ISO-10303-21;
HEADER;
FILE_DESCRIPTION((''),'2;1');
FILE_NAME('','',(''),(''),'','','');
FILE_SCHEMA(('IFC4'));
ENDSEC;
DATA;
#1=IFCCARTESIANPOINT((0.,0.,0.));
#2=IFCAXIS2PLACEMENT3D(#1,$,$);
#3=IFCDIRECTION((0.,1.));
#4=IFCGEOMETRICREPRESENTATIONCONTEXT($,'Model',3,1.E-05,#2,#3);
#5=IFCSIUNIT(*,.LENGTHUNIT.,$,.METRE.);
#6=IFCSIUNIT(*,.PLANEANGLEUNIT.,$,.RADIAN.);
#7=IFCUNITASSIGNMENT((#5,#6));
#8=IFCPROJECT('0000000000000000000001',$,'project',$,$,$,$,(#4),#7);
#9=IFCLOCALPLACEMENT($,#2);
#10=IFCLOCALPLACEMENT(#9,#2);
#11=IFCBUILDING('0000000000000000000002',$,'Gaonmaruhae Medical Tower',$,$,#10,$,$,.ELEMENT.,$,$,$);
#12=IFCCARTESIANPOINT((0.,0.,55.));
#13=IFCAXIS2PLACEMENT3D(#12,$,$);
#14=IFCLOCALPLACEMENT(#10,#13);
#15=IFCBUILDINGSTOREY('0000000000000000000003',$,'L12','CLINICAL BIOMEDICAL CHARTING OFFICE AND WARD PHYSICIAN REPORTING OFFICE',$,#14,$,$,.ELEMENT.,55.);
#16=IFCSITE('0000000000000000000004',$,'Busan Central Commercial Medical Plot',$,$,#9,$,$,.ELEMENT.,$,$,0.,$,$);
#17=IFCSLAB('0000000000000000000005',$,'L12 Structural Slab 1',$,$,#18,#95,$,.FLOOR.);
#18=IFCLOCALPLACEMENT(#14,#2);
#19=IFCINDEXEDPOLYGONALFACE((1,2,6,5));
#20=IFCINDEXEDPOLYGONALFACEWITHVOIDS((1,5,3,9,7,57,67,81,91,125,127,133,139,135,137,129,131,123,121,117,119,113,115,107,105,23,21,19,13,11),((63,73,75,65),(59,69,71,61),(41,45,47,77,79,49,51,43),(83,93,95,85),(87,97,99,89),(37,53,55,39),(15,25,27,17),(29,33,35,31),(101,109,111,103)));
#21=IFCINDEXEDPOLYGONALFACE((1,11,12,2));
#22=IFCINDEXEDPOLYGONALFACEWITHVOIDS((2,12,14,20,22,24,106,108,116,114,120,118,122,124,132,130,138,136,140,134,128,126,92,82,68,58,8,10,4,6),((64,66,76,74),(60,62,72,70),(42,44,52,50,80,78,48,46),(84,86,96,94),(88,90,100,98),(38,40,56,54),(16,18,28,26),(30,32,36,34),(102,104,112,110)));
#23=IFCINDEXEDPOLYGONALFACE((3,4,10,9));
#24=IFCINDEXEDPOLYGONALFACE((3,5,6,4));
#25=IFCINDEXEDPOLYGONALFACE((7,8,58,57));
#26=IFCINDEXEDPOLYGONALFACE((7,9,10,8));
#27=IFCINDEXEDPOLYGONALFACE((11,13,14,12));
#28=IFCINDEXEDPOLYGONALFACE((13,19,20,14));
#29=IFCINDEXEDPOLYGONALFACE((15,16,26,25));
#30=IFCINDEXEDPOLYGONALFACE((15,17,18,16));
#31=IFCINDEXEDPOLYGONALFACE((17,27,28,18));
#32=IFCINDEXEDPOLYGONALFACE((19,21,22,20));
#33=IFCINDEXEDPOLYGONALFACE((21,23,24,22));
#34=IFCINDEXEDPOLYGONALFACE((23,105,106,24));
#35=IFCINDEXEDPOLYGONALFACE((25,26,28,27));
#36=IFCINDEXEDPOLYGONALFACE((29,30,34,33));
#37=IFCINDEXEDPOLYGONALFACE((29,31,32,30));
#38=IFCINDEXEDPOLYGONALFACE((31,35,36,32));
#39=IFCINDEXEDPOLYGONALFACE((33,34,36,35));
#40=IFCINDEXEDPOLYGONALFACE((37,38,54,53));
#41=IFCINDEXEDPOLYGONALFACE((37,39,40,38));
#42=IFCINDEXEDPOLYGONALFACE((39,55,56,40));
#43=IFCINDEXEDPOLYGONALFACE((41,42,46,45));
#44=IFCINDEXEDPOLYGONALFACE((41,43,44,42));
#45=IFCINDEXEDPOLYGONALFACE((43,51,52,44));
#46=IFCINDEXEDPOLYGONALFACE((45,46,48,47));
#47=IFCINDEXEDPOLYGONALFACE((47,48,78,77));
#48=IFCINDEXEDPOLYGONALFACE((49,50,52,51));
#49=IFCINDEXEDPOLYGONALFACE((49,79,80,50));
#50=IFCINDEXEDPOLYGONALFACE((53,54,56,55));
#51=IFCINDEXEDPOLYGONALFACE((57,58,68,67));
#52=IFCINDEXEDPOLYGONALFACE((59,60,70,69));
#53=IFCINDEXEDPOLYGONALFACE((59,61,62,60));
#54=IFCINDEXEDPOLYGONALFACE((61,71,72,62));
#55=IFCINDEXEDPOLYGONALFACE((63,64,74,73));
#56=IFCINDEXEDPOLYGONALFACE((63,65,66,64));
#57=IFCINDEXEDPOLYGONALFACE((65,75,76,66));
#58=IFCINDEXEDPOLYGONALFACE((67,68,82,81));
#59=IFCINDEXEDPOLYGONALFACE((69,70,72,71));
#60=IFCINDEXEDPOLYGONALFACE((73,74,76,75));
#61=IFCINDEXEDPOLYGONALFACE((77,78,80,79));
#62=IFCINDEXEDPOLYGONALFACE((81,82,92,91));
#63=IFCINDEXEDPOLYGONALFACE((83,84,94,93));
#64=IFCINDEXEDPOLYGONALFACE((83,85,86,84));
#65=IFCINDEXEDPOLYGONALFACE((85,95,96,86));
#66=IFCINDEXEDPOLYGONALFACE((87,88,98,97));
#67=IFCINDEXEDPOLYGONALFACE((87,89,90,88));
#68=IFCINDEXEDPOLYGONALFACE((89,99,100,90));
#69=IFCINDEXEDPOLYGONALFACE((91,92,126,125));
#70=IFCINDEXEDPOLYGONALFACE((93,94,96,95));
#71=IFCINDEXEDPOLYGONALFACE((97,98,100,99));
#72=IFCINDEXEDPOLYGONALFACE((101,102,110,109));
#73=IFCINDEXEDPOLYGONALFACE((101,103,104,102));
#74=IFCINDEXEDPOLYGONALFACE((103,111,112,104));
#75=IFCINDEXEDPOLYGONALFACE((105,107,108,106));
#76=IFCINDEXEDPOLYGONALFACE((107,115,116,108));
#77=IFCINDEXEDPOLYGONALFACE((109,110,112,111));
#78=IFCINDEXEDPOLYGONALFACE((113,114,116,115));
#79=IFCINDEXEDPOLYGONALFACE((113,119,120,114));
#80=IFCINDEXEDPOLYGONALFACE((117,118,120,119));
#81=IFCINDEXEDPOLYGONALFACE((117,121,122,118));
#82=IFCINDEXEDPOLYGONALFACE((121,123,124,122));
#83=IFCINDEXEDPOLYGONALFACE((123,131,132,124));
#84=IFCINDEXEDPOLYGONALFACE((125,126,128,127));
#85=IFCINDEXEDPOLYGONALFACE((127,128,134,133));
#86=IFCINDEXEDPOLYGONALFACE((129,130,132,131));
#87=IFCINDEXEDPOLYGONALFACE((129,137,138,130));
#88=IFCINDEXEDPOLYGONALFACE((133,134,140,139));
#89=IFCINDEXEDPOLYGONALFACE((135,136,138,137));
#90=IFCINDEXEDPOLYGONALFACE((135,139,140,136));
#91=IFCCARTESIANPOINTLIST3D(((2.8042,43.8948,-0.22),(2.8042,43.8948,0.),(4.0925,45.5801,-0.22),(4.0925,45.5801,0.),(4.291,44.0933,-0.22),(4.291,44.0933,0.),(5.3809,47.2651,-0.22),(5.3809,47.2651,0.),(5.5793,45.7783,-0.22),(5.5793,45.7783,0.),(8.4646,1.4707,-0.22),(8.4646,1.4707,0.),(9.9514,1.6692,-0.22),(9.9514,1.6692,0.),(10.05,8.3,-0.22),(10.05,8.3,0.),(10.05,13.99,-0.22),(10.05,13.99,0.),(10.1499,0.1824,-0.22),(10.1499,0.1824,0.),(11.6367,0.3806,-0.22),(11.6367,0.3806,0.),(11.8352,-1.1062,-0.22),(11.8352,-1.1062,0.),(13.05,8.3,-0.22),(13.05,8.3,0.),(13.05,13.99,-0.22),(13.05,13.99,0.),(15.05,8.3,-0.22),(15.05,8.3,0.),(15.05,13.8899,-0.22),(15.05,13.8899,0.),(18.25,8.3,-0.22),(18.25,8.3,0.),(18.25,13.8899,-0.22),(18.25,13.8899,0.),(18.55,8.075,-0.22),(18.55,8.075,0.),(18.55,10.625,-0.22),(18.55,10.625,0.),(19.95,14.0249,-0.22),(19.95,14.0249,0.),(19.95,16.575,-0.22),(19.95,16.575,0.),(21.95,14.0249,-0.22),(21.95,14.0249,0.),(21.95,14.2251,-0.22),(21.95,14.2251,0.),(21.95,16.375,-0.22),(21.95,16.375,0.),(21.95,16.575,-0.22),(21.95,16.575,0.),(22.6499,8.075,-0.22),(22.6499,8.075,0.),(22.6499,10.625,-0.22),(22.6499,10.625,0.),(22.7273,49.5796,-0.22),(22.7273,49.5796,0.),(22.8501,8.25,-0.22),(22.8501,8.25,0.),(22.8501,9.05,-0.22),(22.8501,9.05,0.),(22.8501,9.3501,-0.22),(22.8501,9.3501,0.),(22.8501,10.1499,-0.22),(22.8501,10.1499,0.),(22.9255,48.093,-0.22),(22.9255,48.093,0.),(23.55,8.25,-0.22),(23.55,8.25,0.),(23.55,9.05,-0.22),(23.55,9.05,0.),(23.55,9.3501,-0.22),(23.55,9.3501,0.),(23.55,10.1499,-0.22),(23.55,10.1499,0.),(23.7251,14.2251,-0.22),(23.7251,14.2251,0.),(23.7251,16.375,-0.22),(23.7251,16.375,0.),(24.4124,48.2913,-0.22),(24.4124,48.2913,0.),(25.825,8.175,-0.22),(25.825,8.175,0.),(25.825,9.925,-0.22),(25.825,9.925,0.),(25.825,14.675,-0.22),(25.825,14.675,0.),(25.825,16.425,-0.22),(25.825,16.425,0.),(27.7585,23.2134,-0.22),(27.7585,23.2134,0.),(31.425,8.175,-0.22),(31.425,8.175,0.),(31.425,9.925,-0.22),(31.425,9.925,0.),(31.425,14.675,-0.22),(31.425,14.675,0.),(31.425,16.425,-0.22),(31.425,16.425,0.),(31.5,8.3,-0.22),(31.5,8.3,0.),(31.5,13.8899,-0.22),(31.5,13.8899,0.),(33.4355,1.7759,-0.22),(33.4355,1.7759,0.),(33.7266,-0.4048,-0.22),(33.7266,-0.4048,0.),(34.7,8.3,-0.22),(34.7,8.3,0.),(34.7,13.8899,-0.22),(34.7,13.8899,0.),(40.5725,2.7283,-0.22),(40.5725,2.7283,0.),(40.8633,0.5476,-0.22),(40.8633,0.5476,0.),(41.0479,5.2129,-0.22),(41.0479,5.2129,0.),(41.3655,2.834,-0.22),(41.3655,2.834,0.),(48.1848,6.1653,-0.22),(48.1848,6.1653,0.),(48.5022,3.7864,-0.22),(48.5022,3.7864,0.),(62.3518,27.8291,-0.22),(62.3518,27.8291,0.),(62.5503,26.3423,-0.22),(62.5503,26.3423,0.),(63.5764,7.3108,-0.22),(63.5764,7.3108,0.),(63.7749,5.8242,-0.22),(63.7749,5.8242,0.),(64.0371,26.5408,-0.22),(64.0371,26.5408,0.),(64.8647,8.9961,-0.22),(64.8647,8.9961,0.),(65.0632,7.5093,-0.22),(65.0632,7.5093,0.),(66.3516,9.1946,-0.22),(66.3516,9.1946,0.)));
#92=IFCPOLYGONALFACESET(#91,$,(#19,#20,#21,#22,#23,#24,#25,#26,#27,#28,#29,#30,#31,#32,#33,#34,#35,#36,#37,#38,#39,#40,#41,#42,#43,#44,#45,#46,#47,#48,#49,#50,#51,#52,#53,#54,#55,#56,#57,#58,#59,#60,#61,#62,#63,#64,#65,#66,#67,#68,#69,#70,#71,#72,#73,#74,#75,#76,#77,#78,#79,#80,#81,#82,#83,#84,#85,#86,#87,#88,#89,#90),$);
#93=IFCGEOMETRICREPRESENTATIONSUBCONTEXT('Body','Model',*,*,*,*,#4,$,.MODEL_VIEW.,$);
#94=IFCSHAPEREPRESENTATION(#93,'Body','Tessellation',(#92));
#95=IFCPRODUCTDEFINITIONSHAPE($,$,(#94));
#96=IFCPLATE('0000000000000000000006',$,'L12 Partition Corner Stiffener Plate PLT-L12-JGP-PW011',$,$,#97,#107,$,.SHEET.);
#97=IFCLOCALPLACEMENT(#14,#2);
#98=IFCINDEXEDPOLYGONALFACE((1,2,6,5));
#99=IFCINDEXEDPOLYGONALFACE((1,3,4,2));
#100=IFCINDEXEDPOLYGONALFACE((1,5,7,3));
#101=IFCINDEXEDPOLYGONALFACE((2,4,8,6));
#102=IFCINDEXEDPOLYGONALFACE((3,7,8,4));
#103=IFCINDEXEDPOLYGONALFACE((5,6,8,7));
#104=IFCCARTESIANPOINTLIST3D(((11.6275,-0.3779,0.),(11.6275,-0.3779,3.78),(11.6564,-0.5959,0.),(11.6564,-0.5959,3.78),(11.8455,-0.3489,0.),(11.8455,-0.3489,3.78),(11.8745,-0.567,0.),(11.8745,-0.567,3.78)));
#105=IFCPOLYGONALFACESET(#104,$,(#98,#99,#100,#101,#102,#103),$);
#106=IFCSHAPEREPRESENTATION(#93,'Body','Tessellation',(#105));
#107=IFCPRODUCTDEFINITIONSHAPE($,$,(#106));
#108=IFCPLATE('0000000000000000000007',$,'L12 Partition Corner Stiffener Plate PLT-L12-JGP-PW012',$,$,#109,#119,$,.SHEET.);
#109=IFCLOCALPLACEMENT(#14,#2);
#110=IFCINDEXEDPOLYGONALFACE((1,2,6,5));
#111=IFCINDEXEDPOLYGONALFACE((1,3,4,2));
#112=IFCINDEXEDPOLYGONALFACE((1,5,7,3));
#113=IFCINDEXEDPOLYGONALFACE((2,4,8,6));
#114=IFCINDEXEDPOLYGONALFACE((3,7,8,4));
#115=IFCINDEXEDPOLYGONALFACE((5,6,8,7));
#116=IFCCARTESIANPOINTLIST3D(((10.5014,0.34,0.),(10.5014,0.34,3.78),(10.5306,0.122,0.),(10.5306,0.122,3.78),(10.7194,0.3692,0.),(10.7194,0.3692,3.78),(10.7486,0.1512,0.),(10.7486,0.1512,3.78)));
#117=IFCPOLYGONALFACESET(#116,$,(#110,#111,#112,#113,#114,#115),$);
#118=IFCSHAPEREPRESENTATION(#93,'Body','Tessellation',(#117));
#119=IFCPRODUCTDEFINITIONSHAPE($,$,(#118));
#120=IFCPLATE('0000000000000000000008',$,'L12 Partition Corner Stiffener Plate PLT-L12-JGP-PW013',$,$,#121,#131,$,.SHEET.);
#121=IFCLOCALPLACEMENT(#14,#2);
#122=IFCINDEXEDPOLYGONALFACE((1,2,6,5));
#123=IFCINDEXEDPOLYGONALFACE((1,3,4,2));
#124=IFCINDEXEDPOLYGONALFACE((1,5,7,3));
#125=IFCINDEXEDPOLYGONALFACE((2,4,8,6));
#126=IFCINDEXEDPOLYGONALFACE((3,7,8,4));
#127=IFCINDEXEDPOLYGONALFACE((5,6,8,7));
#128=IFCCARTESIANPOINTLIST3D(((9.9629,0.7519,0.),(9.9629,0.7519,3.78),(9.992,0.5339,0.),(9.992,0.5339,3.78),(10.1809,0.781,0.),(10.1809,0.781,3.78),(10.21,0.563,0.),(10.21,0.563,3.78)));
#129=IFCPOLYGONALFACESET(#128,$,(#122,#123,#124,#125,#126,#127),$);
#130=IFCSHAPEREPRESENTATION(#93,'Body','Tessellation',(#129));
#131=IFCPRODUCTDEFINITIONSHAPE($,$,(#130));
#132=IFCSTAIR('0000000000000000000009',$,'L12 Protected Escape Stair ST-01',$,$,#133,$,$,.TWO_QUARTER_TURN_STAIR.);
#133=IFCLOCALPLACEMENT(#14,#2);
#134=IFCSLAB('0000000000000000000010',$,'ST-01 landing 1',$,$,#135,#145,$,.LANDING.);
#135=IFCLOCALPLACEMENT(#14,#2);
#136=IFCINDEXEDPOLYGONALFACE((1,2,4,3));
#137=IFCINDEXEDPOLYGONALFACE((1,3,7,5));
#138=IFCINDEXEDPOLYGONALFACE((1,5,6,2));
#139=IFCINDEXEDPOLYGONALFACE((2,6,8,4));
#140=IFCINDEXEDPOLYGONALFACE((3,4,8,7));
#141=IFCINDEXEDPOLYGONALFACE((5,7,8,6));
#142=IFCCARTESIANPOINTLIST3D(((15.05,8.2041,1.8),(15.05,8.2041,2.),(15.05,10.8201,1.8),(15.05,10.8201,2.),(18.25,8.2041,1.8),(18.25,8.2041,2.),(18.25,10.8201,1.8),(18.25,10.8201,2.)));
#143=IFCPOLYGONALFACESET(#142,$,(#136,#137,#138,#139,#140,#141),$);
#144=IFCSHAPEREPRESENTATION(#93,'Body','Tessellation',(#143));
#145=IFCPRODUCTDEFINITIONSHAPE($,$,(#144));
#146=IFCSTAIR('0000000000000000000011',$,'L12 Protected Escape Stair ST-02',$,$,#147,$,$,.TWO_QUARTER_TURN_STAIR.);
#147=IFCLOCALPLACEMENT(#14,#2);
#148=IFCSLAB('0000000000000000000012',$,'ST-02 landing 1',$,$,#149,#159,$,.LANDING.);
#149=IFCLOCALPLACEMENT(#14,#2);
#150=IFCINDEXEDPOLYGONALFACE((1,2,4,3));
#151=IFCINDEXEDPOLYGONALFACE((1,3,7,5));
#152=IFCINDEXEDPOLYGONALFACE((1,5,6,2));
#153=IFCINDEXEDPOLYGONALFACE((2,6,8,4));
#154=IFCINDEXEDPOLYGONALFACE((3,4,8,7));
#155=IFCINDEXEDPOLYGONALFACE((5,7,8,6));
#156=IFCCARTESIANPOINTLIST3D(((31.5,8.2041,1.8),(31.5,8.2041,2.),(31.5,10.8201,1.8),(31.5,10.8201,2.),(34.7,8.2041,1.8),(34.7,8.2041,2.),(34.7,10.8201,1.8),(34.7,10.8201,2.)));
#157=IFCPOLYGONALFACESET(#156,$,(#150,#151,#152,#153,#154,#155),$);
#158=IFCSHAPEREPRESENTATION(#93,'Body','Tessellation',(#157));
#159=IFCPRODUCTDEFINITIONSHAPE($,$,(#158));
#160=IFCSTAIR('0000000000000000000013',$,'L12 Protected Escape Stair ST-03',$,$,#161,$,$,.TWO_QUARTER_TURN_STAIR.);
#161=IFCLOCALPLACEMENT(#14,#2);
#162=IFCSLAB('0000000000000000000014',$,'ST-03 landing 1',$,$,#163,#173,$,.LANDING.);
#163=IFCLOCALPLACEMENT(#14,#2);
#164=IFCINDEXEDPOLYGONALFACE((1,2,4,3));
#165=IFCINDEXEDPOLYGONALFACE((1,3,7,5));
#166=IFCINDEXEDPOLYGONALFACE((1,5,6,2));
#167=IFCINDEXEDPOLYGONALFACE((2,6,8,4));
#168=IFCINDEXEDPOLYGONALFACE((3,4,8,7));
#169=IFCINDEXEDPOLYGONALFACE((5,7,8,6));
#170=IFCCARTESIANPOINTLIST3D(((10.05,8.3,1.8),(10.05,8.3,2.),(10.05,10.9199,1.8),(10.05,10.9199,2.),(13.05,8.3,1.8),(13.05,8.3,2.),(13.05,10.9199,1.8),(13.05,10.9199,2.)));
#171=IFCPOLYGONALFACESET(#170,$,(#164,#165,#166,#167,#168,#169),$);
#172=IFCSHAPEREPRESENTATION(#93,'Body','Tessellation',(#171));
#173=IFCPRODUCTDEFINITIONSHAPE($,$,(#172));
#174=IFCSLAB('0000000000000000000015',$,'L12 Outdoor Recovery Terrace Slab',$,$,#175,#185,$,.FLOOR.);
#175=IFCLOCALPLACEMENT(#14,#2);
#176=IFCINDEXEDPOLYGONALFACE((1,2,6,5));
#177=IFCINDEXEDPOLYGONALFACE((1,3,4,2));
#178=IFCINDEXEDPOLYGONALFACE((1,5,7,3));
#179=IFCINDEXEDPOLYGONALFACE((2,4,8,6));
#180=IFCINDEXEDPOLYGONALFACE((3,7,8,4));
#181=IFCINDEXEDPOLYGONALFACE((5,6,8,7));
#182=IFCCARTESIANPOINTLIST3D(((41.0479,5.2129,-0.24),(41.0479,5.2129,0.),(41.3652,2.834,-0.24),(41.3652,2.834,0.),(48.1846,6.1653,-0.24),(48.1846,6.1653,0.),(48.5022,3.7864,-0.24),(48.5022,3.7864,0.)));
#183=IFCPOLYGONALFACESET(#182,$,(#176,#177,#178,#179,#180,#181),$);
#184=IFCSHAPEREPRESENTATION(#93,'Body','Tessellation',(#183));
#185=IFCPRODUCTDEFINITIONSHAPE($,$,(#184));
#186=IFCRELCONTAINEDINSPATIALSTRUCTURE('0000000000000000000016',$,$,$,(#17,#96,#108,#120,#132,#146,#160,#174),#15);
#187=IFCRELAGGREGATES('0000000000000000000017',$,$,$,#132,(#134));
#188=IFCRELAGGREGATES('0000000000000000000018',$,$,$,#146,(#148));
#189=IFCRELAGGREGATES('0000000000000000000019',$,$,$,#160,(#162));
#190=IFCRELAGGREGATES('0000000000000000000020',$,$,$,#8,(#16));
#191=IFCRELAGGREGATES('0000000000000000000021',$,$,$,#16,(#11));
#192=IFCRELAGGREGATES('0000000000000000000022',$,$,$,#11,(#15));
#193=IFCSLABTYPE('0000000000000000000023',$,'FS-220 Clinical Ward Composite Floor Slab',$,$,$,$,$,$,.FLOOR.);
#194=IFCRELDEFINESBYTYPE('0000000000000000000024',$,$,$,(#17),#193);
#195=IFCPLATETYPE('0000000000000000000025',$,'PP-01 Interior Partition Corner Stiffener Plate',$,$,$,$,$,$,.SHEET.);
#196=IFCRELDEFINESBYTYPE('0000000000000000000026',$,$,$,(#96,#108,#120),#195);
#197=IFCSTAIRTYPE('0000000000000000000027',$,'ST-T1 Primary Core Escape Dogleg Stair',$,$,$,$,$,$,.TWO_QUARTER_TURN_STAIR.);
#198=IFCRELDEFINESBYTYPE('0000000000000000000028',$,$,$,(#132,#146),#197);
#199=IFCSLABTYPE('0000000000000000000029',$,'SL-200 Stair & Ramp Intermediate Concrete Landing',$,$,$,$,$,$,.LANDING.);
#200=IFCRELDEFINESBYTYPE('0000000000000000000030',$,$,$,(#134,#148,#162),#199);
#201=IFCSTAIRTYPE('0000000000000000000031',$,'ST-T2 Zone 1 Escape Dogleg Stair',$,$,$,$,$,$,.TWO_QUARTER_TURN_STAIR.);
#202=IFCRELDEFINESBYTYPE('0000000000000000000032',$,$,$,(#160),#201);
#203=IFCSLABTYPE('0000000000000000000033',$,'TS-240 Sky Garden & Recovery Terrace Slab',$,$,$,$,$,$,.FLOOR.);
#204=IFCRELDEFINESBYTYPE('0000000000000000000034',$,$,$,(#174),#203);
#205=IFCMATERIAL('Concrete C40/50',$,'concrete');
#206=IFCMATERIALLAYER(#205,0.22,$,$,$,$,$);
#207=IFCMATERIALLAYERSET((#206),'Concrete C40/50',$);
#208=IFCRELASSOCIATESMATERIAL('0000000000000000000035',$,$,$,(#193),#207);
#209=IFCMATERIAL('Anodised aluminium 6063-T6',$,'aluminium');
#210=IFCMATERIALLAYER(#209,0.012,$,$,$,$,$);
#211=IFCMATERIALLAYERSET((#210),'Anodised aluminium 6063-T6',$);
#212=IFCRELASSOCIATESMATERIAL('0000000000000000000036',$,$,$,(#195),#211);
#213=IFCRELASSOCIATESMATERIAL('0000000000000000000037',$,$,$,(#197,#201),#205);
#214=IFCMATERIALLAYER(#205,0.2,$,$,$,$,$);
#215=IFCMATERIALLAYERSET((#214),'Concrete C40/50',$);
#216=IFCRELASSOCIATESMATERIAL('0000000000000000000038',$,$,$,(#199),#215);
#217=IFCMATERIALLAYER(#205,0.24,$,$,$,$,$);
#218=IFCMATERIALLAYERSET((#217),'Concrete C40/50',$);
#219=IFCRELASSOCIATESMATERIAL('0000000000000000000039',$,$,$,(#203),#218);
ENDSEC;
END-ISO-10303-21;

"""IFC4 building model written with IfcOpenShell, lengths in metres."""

from ifc_helpers import new_model, si_unit, direction, frame, origin, origin_2d, place, context, subcontext, project, spatial, polyline, rectangle, outline, extrude, material, layer, layer_set, type_object, element, aggregate, save


model = new_model("IFC4")

# Units and contexts
model_context = context("Model", 3, precision=1e-05, world=origin(), true_north=direction((0.0, 1.0)))
body_context = subcontext(model_context, "Body", "Model", "MODEL_VIEW")
ifc_project = project(units=[si_unit("LENGTHUNIT", "METRE"), si_unit("PLANEANGLEUNIT", "RADIAN")], contexts=[model_context])

# Site, building, storey
site_placement = place(None, origin())
site = spatial("IfcSite", under=ifc_project, at=site_placement, Name="Busan Central Commercial Medical Plot", CompositionType="ELEMENT", RefElevation=0.0)
building_placement = place(site_placement, origin())
building = spatial("IfcBuilding", under=site, at=building_placement, Name="Gaonmaruhae Medical Tower", CompositionType="ELEMENT")
storey_placement = place(building_placement, frame((0.0, 0.0, 55.0)))
storey = spatial("IfcBuildingStorey", under=building, at=storey_placement, Name="L12", Description="CLINICAL BIOMEDICAL CHARTING OFFICE AND WARD PHYSICIAN REPORTING OFFICE", CompositionType="ELEMENT", Elevation=55.0)

# Slab
ifc_material_1 = material(Name="Concrete C40/50", Category="concrete")
ifc_layer_1 = layer(ifc_material_1, 0.22)
ifc_layer_set_1 = layer_set([ifc_layer_1], Name="Concrete C40/50")
slab_type_1 = type_object("IfcSlabType", Name="FS-220 Clinical Ward Composite Floor Slab", PredefinedType="FLOOR", material=ifc_layer_set_1)
slab_1_placement = place(storey_placement, frame((0.0, 0.0, -0.22)))
element("IfcSlab", 1, at=slab_1_placement, inside=storey, type_object=slab_type_1, Name="L12 Structural Slab 1", PredefinedType="FLOOR", context=body_context, shape_type="SweptSolid", body=[
    extrude(outline(polyline([(11.6367, 0.3806), (10.1499, 0.1824), (9.9514, 1.6692), (8.4646, 1.4707), (2.8042, 43.8948), (4.291, 44.0933), (4.0925, 45.5801), (5.5793, 45.7783), (5.3809, 47.2651), (22.7273, 49.5796), (22.9255, 48.093), (24.4124, 48.2913), (27.7585, 23.2134), (62.3518, 27.8291), (62.5503, 26.3423), (64.0371, 26.5408), (66.3516, 9.1946), (64.8647, 8.9961), (65.0632, 7.5093), (63.5764, 7.3108), (63.7749, 5.8242), (48.5022, 3.7864), (48.1848, 6.1653), (41.0479, 5.2129), (41.3655, 2.834), (40.5725, 2.7283), (40.8633, 0.5476), (33.7266, -0.4048), (33.4355, 1.7759), (11.8352, -1.1062), (11.6367, 0.3806)]), holes=[polyline([(23.55, 8.25), (22.8501, 8.25), (22.8501, 9.05), (23.55, 9.05), (23.55, 8.25)]), polyline([(25.825, 9.925), (31.425, 9.925), (31.425, 8.175), (25.825, 8.175), (25.825, 9.925)]), polyline([(22.6499, 10.625), (22.6499, 8.075), (18.55, 8.075), (18.55, 10.625), (22.6499, 10.625)]), polyline([(23.55, 9.3501), (22.8501, 9.3501), (22.8501, 10.1499), (23.55, 10.1499), (23.55, 9.3501)]), polyline([(15.05, 13.8899), (18.25, 13.8899), (18.25, 8.3), (15.05, 8.3), (15.05, 13.8899)]), polyline([(31.5, 13.8899), (34.7, 13.8899), (34.7, 8.3), (31.5, 8.3), (31.5, 13.8899)]), polyline([(10.05, 13.99), (13.05, 13.99), (13.05, 8.3), (10.05, 8.3), (10.05, 13.99)]), polyline([(21.95, 14.0249), (19.95, 14.0249), (19.95, 16.575), (21.95, 16.575), (21.95, 16.375), (23.7251, 16.375), (23.7251, 14.2251), (21.95, 14.2251), (21.95, 14.0249)]), polyline([(31.425, 16.425), (31.425, 14.675), (25.825, 14.675), (25.825, 16.425), (31.425, 16.425)])]), origin(), (0.0, 0.0, 1.0), 0.22),
])

# Plates
ifc_material_2 = material(Name="Anodised aluminium 6063-T6", Category="aluminium")
ifc_layer_2 = layer(ifc_material_2, 0.012)
ifc_layer_set_2 = layer_set([ifc_layer_2], Name="Anodised aluminium 6063-T6")
plate_type = type_object("IfcPlateType", Name="PP-01 Interior Partition Corner Stiffener Plate", PredefinedType="SHEET", material=ifc_layer_set_2)
for number, where, z_axis, x_axis, name in (
    (2, (11.751, -0.4724, 0.0), (0.0, 0.0, 1.0), (-0.131547, 0.99131, 0.0), "L12 Partition Corner Stiffener Plate PLT-L12-JGP-PW011"),
    (3, (10.625, 0.2456, 0.0), (0.0, 0.0, 1.0), (-0.991183, -0.132499, 0.0), "L12 Partition Corner Stiffener Plate PLT-L12-JGP-PW012"),
    (4, (10.0864, 0.6575, 0.0), (0.0, 0.0, 1.0), (-0.13236, 0.991202, 0.0), "L12 Partition Corner Stiffener Plate PLT-L12-JGP-PW013"),
):
    element("IfcPlate", number, at=place(storey_placement, frame(where, z_axis=z_axis, x_axis=x_axis)), inside=storey, type_object=plate_type, Name=name, PredefinedType="SHEET", context=body_context, shape_type="SweptSolid", body=[
        extrude(rectangle(XDim=0.22, YDim=0.22, at=origin_2d()), origin(), (0.0, 0.0, 1.0), 3.78),
    ])

# Stairs, slabs
stair_type_1 = type_object("IfcStairType", Name="ST-T1 Primary Core Escape Dogleg Stair", PredefinedType="TWO_QUARTER_TURN_STAIR", material=ifc_material_1)
stair_1_placement = place(storey_placement, origin())
stair_1 = element("IfcStair", 5, at=stair_1_placement, inside=storey, type_object=stair_type_1, Name="L12 Protected Escape Stair ST-01", PredefinedType="TWO_QUARTER_TURN_STAIR")
ifc_layer_3 = layer(ifc_material_1, 0.2)
ifc_layer_set_3 = layer_set([ifc_layer_3], Name="Concrete C40/50")
slab_type_2 = type_object("IfcSlabType", Name="SL-200 Stair & Ramp Intermediate Concrete Landing", PredefinedType="LANDING", material=ifc_layer_set_3)
slab_2_placement = place(storey_placement, frame((0.0, 0.0, 1.8)))
slab_2 = element("IfcSlab", 6, at=slab_2_placement, type_object=slab_type_2, Name="ST-01 landing 1", PredefinedType="LANDING", context=body_context, shape_type="SweptSolid", body=[
    extrude(outline(polyline([(15.05, 10.8201), (15.05, 8.2041), (18.25, 8.2041), (18.25, 10.8201), (15.05, 10.8201)])), origin(), (0.0, 0.0, 1.0), 0.2),
])
aggregate(stair_1, [slab_2])
stair_2_placement = place(storey_placement, origin())
stair_2 = element("IfcStair", 7, at=stair_2_placement, inside=storey, type_object=stair_type_1, Name="L12 Protected Escape Stair ST-02", PredefinedType="TWO_QUARTER_TURN_STAIR")
slab_3_placement = place(storey_placement, frame((0.0, 0.0, 1.8)))
slab_3 = element("IfcSlab", 8, at=slab_3_placement, type_object=slab_type_2, Name="ST-02 landing 1", PredefinedType="LANDING", context=body_context, shape_type="SweptSolid", body=[
    extrude(outline(polyline([(31.5, 10.8201), (31.5, 8.2041), (34.7, 8.2041), (34.7, 10.8201), (31.5, 10.8201)])), origin(), (0.0, 0.0, 1.0), 0.2),
])
aggregate(stair_2, [slab_3])
stair_type_2 = type_object("IfcStairType", Name="ST-T2 Zone 1 Escape Dogleg Stair", PredefinedType="TWO_QUARTER_TURN_STAIR", material=ifc_material_1)
stair_3_placement = place(storey_placement, origin())
stair_3 = element("IfcStair", 9, at=stair_3_placement, inside=storey, type_object=stair_type_2, Name="L12 Protected Escape Stair ST-03", PredefinedType="TWO_QUARTER_TURN_STAIR")
slab_4_placement = place(storey_placement, frame((0.0, 0.0, 1.8)))
slab_4 = element("IfcSlab", 10, at=slab_4_placement, type_object=slab_type_2, Name="ST-03 landing 1", PredefinedType="LANDING", context=body_context, shape_type="SweptSolid", body=[
    extrude(outline(polyline([(10.05, 10.9199), (10.05, 8.3), (13.05, 8.3), (13.05, 10.9199), (10.05, 10.9199)])), origin(), (0.0, 0.0, 1.0), 0.2),
])
aggregate(stair_3, [slab_4])

# Slab
ifc_layer_4 = layer(ifc_material_1, 0.24)
ifc_layer_set_4 = layer_set([ifc_layer_4], Name="Concrete C40/50")
slab_type_3 = type_object("IfcSlabType", Name="TS-240 Sky Garden & Recovery Terrace Slab", PredefinedType="FLOOR", material=ifc_layer_set_4)
slab_5_placement = place(storey_placement, frame((0.0, 0.0, -0.24)))
element("IfcSlab", 11, at=slab_5_placement, inside=storey, type_object=slab_type_3, Name="L12 Outdoor Recovery Terrace Slab", PredefinedType="FLOOR", context=body_context, shape_type="SweptSolid", body=[
    extrude(outline(polyline([(41.3652, 2.834), (48.5022, 3.7864), (48.1846, 6.1653), (41.0479, 5.2129), (41.3652, 2.834)])), origin(), (0.0, 0.0, 1.0), 0.24),
])

save(model, "model.ifc")
